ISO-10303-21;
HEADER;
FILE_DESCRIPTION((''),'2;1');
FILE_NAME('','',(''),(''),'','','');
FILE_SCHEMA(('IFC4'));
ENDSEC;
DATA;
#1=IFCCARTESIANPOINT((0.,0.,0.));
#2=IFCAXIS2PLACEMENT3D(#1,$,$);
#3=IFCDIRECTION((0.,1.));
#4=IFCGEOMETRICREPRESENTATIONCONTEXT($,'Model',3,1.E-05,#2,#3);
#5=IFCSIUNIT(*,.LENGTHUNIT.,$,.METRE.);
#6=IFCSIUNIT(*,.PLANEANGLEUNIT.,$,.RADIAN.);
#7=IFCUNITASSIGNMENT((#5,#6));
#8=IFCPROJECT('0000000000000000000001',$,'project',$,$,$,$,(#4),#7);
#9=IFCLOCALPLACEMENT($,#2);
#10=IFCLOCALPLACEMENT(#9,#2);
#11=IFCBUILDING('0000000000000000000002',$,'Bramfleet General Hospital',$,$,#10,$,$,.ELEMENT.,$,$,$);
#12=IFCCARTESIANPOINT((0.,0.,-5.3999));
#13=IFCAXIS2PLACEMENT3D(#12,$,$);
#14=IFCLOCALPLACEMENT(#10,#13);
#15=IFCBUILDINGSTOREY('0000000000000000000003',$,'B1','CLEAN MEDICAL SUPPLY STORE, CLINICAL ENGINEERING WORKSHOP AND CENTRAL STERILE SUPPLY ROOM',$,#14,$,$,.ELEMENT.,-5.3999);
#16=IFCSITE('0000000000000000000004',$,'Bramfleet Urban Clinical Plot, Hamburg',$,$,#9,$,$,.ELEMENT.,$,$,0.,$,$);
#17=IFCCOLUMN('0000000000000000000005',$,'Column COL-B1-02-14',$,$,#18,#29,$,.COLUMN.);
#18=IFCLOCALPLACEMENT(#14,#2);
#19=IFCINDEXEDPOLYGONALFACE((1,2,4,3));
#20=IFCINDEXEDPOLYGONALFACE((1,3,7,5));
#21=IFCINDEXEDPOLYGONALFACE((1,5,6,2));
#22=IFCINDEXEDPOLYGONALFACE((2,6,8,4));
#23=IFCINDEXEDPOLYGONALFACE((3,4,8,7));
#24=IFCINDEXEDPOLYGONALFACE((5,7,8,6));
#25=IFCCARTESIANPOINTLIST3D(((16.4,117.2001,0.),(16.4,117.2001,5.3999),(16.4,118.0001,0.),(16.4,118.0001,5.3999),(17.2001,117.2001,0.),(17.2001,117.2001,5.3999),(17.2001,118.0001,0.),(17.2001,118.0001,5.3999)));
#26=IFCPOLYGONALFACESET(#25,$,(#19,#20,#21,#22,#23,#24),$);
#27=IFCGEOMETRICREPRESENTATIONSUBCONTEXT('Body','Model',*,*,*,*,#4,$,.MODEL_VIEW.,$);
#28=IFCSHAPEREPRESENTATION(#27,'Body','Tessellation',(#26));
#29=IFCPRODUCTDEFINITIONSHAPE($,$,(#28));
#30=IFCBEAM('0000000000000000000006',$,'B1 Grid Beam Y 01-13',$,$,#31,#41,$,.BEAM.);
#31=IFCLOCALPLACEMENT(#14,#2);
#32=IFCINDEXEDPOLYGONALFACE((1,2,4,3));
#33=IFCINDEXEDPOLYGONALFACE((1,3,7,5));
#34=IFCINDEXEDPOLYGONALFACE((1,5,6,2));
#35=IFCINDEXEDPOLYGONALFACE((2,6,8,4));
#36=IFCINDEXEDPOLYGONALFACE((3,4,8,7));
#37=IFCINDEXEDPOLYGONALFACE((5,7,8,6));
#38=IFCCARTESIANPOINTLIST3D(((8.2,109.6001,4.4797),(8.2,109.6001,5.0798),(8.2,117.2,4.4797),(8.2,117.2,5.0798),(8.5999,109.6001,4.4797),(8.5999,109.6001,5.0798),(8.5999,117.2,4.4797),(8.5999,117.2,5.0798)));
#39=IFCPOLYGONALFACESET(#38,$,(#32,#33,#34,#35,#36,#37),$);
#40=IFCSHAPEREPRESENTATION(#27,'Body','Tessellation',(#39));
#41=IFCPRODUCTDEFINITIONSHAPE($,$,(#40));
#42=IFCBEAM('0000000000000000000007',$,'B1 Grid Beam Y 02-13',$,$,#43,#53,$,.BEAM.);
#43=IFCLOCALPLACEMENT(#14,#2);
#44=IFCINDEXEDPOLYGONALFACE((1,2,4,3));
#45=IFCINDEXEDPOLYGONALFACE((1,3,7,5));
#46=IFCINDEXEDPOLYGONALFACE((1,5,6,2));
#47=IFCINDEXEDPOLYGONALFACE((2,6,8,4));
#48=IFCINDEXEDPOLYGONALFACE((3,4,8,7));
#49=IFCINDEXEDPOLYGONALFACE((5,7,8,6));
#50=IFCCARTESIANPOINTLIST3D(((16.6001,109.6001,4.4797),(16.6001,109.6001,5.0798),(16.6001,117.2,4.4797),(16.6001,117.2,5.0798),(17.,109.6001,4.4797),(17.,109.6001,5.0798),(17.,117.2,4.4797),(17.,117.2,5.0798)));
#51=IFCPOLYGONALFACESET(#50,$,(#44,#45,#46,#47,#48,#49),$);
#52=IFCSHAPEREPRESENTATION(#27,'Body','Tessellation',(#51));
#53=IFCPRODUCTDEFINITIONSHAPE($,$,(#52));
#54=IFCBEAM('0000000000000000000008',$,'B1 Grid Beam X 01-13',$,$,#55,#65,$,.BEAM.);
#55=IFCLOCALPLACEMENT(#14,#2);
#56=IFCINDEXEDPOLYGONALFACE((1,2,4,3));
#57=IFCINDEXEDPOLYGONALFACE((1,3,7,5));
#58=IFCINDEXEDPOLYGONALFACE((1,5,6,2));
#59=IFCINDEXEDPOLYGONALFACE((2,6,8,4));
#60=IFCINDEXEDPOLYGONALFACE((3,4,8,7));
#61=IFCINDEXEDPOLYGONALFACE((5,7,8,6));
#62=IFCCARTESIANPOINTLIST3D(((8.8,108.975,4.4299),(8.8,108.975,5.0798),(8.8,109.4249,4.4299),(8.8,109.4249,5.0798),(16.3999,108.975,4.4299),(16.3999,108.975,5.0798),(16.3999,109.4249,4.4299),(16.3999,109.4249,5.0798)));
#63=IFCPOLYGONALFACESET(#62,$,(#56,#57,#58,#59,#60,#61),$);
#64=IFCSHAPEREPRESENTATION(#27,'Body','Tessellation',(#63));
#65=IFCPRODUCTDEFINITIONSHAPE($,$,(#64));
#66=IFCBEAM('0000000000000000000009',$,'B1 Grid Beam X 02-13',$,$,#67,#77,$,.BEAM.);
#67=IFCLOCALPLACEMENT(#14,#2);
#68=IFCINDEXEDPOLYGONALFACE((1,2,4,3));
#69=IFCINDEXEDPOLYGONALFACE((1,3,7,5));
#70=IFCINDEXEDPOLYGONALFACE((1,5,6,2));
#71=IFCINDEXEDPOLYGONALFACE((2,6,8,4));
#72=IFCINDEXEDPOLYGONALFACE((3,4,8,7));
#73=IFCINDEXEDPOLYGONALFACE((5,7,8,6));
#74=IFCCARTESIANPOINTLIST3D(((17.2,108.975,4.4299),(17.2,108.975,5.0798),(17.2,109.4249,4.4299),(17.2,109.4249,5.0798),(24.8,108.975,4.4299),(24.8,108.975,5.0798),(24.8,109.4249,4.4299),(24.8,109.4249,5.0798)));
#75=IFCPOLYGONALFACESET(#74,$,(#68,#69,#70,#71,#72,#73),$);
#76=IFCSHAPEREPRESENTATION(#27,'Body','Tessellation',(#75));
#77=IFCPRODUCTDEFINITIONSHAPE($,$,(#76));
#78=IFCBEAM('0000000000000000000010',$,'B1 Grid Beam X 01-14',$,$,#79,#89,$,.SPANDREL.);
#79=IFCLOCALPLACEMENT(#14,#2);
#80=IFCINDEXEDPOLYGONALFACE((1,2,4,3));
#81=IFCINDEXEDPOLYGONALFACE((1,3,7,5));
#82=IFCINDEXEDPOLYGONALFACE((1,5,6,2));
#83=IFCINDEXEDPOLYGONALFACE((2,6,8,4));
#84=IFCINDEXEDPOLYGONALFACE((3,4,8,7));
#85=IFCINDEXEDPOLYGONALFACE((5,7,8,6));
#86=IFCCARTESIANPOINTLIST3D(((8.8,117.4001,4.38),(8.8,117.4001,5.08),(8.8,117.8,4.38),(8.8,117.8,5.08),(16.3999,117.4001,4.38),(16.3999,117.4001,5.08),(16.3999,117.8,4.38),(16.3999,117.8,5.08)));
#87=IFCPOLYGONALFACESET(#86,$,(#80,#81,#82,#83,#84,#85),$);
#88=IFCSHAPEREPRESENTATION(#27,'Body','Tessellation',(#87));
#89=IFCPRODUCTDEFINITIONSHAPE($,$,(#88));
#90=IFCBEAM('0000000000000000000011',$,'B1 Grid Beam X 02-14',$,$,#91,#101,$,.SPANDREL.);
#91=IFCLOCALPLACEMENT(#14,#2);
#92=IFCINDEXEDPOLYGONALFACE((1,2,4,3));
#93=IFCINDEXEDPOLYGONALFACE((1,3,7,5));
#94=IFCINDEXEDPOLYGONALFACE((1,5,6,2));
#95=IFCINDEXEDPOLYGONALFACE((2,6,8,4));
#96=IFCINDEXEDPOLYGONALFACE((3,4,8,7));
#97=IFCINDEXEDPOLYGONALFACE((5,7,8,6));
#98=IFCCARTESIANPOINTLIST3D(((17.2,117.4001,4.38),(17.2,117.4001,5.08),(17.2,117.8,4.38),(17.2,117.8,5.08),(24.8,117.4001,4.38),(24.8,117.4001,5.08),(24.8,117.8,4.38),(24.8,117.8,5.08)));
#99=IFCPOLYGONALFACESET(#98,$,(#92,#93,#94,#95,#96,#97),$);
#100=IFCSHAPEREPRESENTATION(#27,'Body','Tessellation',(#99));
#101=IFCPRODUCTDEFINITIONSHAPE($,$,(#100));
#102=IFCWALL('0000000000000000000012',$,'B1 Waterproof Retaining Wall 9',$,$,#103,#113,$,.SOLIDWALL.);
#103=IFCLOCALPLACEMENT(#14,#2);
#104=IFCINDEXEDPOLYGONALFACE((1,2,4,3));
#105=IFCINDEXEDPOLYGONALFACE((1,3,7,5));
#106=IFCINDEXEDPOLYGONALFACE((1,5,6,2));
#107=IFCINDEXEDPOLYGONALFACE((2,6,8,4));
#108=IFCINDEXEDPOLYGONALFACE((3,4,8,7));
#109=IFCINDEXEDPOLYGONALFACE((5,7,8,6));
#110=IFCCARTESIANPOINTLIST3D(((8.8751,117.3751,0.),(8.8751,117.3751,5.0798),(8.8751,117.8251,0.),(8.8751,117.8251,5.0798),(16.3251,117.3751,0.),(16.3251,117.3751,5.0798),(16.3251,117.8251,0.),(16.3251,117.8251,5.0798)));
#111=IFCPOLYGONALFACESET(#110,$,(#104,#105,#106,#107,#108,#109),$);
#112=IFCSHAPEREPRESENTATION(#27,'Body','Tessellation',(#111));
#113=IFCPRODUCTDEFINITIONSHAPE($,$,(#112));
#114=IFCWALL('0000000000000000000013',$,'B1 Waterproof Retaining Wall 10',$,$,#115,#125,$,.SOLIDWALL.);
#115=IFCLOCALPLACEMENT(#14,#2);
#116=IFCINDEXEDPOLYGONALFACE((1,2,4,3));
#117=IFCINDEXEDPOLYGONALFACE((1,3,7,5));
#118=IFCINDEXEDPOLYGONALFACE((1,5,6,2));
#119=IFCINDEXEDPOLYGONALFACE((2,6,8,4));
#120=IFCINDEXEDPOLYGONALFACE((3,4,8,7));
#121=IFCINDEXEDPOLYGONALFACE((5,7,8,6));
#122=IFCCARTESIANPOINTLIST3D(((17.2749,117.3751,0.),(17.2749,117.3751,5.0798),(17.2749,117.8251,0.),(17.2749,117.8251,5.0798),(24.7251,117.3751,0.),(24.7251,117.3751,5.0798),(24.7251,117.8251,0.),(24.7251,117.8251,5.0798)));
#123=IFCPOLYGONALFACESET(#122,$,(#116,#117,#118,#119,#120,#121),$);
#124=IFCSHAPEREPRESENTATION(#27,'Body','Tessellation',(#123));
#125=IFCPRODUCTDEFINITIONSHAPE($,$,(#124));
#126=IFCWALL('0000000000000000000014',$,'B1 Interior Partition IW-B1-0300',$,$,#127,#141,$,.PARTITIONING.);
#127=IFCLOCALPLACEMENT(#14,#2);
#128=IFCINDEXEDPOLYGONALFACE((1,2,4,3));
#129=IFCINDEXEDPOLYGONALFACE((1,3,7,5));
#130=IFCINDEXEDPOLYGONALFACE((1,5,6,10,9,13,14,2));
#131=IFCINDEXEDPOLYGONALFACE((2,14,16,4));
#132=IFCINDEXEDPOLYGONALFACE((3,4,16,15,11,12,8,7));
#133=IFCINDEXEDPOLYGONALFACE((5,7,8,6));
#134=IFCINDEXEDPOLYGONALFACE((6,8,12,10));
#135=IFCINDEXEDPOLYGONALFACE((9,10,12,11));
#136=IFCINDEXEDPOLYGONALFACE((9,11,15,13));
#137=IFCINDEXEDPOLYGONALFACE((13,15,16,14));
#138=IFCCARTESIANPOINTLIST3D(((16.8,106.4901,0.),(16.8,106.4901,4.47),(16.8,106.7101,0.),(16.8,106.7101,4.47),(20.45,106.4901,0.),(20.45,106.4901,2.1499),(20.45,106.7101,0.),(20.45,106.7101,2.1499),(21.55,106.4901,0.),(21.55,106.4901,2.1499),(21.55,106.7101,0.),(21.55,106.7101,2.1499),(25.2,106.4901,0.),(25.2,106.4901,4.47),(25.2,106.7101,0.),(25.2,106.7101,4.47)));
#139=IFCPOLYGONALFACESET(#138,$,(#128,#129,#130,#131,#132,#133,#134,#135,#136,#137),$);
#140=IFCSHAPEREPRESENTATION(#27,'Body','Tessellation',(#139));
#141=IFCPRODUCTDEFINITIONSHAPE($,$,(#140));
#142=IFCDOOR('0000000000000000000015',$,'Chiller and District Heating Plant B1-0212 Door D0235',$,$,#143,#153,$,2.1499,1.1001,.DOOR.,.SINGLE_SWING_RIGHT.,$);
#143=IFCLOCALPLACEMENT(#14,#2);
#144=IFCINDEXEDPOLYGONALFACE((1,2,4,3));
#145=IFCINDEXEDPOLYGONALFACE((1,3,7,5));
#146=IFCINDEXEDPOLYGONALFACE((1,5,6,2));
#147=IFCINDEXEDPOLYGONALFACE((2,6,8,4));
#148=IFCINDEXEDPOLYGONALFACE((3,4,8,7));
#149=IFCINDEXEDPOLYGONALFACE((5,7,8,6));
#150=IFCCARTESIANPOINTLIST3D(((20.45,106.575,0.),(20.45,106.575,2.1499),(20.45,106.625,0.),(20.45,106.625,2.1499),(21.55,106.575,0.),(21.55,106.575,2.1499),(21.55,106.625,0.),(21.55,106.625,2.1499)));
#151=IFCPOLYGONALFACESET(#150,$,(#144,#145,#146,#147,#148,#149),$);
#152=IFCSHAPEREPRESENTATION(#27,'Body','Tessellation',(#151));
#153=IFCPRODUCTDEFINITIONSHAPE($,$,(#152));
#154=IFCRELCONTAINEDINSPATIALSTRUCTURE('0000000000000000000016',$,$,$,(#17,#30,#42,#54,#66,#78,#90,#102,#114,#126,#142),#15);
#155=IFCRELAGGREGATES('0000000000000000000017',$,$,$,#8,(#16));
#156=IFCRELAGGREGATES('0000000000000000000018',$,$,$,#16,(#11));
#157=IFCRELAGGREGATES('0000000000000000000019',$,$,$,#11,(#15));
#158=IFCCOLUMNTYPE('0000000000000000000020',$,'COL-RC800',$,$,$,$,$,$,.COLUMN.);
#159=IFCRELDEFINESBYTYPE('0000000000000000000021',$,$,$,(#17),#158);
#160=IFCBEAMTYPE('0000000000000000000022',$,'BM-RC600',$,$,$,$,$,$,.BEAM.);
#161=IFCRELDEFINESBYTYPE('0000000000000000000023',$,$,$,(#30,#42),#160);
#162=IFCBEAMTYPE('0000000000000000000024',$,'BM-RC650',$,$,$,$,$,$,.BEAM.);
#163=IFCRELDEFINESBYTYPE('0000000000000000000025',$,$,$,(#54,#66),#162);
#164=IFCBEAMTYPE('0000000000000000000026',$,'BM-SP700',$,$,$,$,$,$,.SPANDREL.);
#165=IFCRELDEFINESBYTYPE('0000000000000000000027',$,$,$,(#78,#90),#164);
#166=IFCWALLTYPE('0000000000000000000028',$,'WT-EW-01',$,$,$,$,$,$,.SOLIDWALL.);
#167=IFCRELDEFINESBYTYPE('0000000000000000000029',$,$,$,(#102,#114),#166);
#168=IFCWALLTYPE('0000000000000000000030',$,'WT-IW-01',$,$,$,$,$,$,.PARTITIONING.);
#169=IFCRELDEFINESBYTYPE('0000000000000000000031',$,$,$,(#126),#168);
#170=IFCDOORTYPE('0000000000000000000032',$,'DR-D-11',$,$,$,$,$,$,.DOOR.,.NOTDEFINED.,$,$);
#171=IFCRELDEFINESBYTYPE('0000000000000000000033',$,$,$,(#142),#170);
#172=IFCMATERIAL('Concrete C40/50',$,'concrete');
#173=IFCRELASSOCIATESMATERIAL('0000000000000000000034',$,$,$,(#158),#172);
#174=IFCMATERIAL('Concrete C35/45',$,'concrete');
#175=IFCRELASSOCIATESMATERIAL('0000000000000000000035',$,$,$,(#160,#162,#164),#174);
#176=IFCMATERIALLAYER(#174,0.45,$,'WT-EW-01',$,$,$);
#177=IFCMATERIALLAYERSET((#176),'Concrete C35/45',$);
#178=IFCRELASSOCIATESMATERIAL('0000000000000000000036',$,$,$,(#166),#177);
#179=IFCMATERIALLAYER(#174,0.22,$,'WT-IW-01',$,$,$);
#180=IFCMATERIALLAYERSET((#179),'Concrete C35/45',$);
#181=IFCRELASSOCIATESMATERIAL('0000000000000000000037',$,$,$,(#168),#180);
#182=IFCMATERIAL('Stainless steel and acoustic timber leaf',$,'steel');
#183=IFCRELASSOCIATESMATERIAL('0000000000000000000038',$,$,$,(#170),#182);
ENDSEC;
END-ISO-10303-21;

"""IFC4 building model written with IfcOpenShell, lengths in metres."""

from ifc_helpers import new_model, si_unit, direction, frame, frame_2d, origin, origin_2d, place, context, subcontext, project, spatial, rectangle, extrude, material, layer, layer_set, material_profile, profile_set, type_object, element, fill, save


model = new_model("IFC4")

# Units and contexts
model_context = context("Model", 3, precision=1e-05, world=origin(), true_north=direction((0.0, 1.0)))
body_context = subcontext(model_context, "Body", "Model", "MODEL_VIEW")
ifc_project = project(units=[si_unit("LENGTHUNIT", "METRE"), si_unit("PLANEANGLEUNIT", "RADIAN")], contexts=[model_context])

# Site, building, storey
site_placement = place(None, origin())
site = spatial("IfcSite", under=ifc_project, at=site_placement, Name="Bramfleet Urban Clinical Plot, Hamburg", CompositionType="ELEMENT", RefElevation=0.0)
building_placement = place(site_placement, origin())
building = spatial("IfcBuilding", under=site, at=building_placement, Name="Bramfleet General Hospital", CompositionType="ELEMENT")
storey_placement = place(building_placement, frame((0.0, 0.0, -5.3999)))
storey = spatial("IfcBuildingStorey", under=building, at=storey_placement, Name="B1", Description="CLEAN MEDICAL SUPPLY STORE, CLINICAL ENGINEERING WORKSHOP AND CENTRAL STERILE SUPPLY ROOM", CompositionType="ELEMENT", Elevation=-5.3999)

# Shared definitions
ifc_material_1 = material(Name="Concrete C35/45", Category="concrete")

# Column
ifc_material_2 = material(Name="Concrete C40/50", Category="concrete")
ifc_material_profile_1 = material_profile(ifc_material_2, rectangle(XDim=0.8, YDim=0.8, at=origin_2d()), Name="RC COL 800x800")
ifc_profile_set_1 = profile_set([ifc_material_profile_1], Name="Concrete C40/50")
column_type = type_object("IfcColumnType", Name="COL-RC800", PredefinedType="COLUMN", material=ifc_profile_set_1)
for number, where, z_axis, x_axis, name in (
    (1, (16.8, 117.6001, 0.0), (0.0, 0.0, 1.0), (1.0, 0.0, 0.0), "Column COL-B1-02-14"),
):
    element("IfcColumn", number, at=place(storey_placement, frame(where, z_axis=z_axis, x_axis=x_axis)), inside=storey, type_object=column_type, Name=name, PredefinedType="COLUMN", context=body_context, shape_type="SweptSolid", body=[
        extrude(rectangle(XDim=0.8, YDim=0.8, at=origin_2d()), origin(), (0.0, 0.0, 1.0), 5.3999),
    ])

# Beams
ifc_material_profile_2 = material_profile(ifc_material_1, rectangle(XDim=0.3999, YDim=0.6001, at=origin_2d()), Name="RC BM 600x400")
ifc_profile_set_2 = profile_set([ifc_material_profile_2], Name="Concrete C35/45")
beam_type_1 = type_object("IfcBeamType", Name="BM-RC600", PredefinedType="BEAM", material=ifc_profile_set_2)
for number, where, z_axis, x_axis, name in (
    (2, (8.3999, 109.6001, 4.7798), (0.0, 1.0, 0.0), (-1.0, 0.0, 0.0), "B1 Grid Beam Y 01-13"),
    (3, (16.8, 109.6001, 4.7798), (0.0, 1.0, 0.0), (-1.0, 0.0, 0.0), "B1 Grid Beam Y 02-13"),
):
    element("IfcBeam", number, at=place(storey_placement, frame(where, z_axis=z_axis, x_axis=x_axis)), inside=storey, type_object=beam_type_1, Name=name, PredefinedType="BEAM", context=body_context, shape_type="SweptSolid", body=[
        extrude(rectangle(XDim=0.3999, YDim=0.6001, at=origin_2d()), origin(), (0.0, 0.0, 1.0), 7.5999),
    ])
ifc_material_profile_3 = material_profile(ifc_material_1, rectangle(XDim=0.45, YDim=0.6499, at=origin_2d()), Name="RC BM 650x450")
ifc_profile_set_3 = profile_set([ifc_material_profile_3], Name="Concrete C35/45")
beam_type_2 = type_object("IfcBeamType", Name="BM-RC650", PredefinedType="BEAM", material=ifc_profile_set_3)
beam_1_placement = place(storey_placement, frame((8.8, 109.2, 4.7549), z_axis=(1.0, 0.0, 0.0), x_axis=(0.0, 1.0, 0.0)))
element("IfcBeam", 4, at=beam_1_placement, inside=storey, type_object=beam_type_2, Name="B1 Grid Beam X 01-13", PredefinedType="BEAM", context=body_context, shape_type="SweptSolid", body=[
    extrude(rectangle(XDim=0.45, YDim=0.6499, at=origin_2d()), origin(), (0.0, 0.0, 1.0), 7.5999),
])
beam_2_placement = place(storey_placement, frame((17.2, 109.2, 4.7549), z_axis=(1.0, 0.0, 0.0), x_axis=(0.0, 1.0, 0.0)))
element("IfcBeam", 5, at=beam_2_placement, inside=storey, type_object=beam_type_2, Name="B1 Grid Beam X 02-13", PredefinedType="BEAM", context=body_context, shape_type="SweptSolid", body=[
    extrude(rectangle(XDim=0.45, YDim=0.6499, at=origin_2d()), origin(), (0.0, 0.0, 1.0), 7.6001),
])
ifc_material_profile_4 = material_profile(ifc_material_1, rectangle(XDim=0.3999, YDim=0.7, at=origin_2d()), Name="RC SP 700x400")
ifc_profile_set_4 = profile_set([ifc_material_profile_4], Name="Concrete C35/45")
beam_type_3 = type_object("IfcBeamType", Name="BM-SP700", PredefinedType="SPANDREL", material=ifc_profile_set_4)
beam_3_placement = place(storey_placement, frame((8.8, 117.6001, 4.73), z_axis=(1.0, 0.0, 0.0), x_axis=(0.0, 1.0, 0.0)))
element("IfcBeam", 6, at=beam_3_placement, inside=storey, type_object=beam_type_3, Name="B1 Grid Beam X 01-14", PredefinedType="SPANDREL", context=body_context, shape_type="SweptSolid", body=[
    extrude(rectangle(XDim=0.3999, YDim=0.7, at=origin_2d()), origin(), (0.0, 0.0, 1.0), 7.5999),
])
beam_4_placement = place(storey_placement, frame((17.2, 117.6001, 4.73), z_axis=(1.0, 0.0, 0.0), x_axis=(0.0, 1.0, 0.0)))
element("IfcBeam", 7, at=beam_4_placement, inside=storey, type_object=beam_type_3, Name="B1 Grid Beam X 02-14", PredefinedType="SPANDREL", context=body_context, shape_type="SweptSolid", body=[
    extrude(rectangle(XDim=0.3999, YDim=0.7, at=origin_2d()), origin(), (0.0, 0.0, 1.0), 7.6001),
])

# Walls
ifc_layer_1 = layer(ifc_material_1, 0.45, Name="WT-EW-01")
ifc_layer_set_1 = layer_set([ifc_layer_1], Name="Concrete C35/45")
wall_type_1 = type_object("IfcWallType", Name="WT-EW-01", PredefinedType="SOLIDWALL", material=ifc_layer_set_1)
wall_1_placement = place(storey_placement, frame((8.875, 117.6001, 0.0), z_axis=(0.0, 0.0, 1.0), x_axis=(1.0, 0.0, 0.0)))
element("IfcWall", 8, at=wall_1_placement, inside=storey, type_object=wall_type_1, Name="B1 Waterproof Retaining Wall 9", PredefinedType="SOLIDWALL", context=body_context, shape_type="SweptSolid", body=[
    extrude(rectangle(XDim=7.45, YDim=0.45, at=frame_2d((3.7251, 0.0))), origin(), (0.0, 0.0, 1.0), 5.0798),
])
wall_2_placement = place(storey_placement, frame((17.2749, 117.6001, 0.0), z_axis=(0.0, 0.0, 1.0), x_axis=(1.0, 0.0, 0.0)))
element("IfcWall", 9, at=wall_2_placement, inside=storey, type_object=wall_type_1, Name="B1 Waterproof Retaining Wall 10", PredefinedType="SOLIDWALL", context=body_context, shape_type="SweptSolid", body=[
    extrude(rectangle(XDim=7.4502, YDim=0.45, at=frame_2d((3.7251, 0.0))), origin(), (0.0, 0.0, 1.0), 5.0798),
])

# Wall, opening, door
ifc_layer_2 = layer(ifc_material_1, 0.22, Name="WT-IW-01")
ifc_layer_set_2 = layer_set([ifc_layer_2], Name="Concrete C35/45")
wall_type_2 = type_object("IfcWallType", Name="WT-IW-01", PredefinedType="PARTITIONING", material=ifc_layer_set_2)
wall_3_placement = place(storey_placement, frame((16.8, 106.6001, 0.0), z_axis=(0.0, 0.0, 1.0), x_axis=(1.0, 0.0, 0.0)))
wall_3 = element("IfcWall", 10, at=wall_3_placement, inside=storey, type_object=wall_type_2, Name="B1 Interior Partition IW-B1-0300", PredefinedType="PARTITIONING", context=body_context, shape_type="SweptSolid", body=[
    extrude(rectangle(XDim=8.3999, YDim=0.22, at=frame_2d((4.2, 0.0))), origin(), (0.0, 0.0, 1.0), 4.47),
])
opening_1_placement = place(wall_3_placement, frame((3.6499, 0.0, 0.0)))
opening_1 = element("IfcOpeningElement", 11, at=opening_1_placement, cuts=wall_3, PredefinedType="OPENING", context=body_context, shape_type="SweptSolid", body=[
    extrude(rectangle(XDim=1.1001, YDim=2.1499, at=frame_2d((0.55, 1.075))), frame((0.0, 0.1199, 0.0), z_axis=(0.0, -1.0, 0.0), x_axis=(1.0, 0.0, 0.0)), (0.0, 0.0, 1.0), 0.24),
])
ifc_material_3 = material(Name="Stainless steel and acoustic timber leaf", Category="steel")
door_type_1 = type_object("IfcDoorType", Name="DR-D-11", OperationType="NOTDEFINED", PredefinedType="DOOR", material=ifc_material_3)
door_1_placement = place(opening_1_placement, origin())
door_1 = element("IfcDoor", 12, at=door_1_placement, inside=storey, type_object=door_type_1, Name="Chiller and District Heating Plant B1-0212 Door D0235", OperationType="SINGLE_SWING_RIGHT", OverallHeight=2.1499, OverallWidth=1.1001, PredefinedType="DOOR", context=body_context, shape_type="SweptSolid", body=[
    extrude(rectangle(XDim=1.1001, YDim=2.1499, at=frame_2d((0.55, 1.075))), frame((0.0, 0.0249, 0.0), z_axis=(0.0, -1.0, 0.0), x_axis=(1.0, 0.0, 0.0)), (0.0, 0.0, 1.0), 0.05),
])
fill(opening_1, door_1)

save(model, "model.ifc")
